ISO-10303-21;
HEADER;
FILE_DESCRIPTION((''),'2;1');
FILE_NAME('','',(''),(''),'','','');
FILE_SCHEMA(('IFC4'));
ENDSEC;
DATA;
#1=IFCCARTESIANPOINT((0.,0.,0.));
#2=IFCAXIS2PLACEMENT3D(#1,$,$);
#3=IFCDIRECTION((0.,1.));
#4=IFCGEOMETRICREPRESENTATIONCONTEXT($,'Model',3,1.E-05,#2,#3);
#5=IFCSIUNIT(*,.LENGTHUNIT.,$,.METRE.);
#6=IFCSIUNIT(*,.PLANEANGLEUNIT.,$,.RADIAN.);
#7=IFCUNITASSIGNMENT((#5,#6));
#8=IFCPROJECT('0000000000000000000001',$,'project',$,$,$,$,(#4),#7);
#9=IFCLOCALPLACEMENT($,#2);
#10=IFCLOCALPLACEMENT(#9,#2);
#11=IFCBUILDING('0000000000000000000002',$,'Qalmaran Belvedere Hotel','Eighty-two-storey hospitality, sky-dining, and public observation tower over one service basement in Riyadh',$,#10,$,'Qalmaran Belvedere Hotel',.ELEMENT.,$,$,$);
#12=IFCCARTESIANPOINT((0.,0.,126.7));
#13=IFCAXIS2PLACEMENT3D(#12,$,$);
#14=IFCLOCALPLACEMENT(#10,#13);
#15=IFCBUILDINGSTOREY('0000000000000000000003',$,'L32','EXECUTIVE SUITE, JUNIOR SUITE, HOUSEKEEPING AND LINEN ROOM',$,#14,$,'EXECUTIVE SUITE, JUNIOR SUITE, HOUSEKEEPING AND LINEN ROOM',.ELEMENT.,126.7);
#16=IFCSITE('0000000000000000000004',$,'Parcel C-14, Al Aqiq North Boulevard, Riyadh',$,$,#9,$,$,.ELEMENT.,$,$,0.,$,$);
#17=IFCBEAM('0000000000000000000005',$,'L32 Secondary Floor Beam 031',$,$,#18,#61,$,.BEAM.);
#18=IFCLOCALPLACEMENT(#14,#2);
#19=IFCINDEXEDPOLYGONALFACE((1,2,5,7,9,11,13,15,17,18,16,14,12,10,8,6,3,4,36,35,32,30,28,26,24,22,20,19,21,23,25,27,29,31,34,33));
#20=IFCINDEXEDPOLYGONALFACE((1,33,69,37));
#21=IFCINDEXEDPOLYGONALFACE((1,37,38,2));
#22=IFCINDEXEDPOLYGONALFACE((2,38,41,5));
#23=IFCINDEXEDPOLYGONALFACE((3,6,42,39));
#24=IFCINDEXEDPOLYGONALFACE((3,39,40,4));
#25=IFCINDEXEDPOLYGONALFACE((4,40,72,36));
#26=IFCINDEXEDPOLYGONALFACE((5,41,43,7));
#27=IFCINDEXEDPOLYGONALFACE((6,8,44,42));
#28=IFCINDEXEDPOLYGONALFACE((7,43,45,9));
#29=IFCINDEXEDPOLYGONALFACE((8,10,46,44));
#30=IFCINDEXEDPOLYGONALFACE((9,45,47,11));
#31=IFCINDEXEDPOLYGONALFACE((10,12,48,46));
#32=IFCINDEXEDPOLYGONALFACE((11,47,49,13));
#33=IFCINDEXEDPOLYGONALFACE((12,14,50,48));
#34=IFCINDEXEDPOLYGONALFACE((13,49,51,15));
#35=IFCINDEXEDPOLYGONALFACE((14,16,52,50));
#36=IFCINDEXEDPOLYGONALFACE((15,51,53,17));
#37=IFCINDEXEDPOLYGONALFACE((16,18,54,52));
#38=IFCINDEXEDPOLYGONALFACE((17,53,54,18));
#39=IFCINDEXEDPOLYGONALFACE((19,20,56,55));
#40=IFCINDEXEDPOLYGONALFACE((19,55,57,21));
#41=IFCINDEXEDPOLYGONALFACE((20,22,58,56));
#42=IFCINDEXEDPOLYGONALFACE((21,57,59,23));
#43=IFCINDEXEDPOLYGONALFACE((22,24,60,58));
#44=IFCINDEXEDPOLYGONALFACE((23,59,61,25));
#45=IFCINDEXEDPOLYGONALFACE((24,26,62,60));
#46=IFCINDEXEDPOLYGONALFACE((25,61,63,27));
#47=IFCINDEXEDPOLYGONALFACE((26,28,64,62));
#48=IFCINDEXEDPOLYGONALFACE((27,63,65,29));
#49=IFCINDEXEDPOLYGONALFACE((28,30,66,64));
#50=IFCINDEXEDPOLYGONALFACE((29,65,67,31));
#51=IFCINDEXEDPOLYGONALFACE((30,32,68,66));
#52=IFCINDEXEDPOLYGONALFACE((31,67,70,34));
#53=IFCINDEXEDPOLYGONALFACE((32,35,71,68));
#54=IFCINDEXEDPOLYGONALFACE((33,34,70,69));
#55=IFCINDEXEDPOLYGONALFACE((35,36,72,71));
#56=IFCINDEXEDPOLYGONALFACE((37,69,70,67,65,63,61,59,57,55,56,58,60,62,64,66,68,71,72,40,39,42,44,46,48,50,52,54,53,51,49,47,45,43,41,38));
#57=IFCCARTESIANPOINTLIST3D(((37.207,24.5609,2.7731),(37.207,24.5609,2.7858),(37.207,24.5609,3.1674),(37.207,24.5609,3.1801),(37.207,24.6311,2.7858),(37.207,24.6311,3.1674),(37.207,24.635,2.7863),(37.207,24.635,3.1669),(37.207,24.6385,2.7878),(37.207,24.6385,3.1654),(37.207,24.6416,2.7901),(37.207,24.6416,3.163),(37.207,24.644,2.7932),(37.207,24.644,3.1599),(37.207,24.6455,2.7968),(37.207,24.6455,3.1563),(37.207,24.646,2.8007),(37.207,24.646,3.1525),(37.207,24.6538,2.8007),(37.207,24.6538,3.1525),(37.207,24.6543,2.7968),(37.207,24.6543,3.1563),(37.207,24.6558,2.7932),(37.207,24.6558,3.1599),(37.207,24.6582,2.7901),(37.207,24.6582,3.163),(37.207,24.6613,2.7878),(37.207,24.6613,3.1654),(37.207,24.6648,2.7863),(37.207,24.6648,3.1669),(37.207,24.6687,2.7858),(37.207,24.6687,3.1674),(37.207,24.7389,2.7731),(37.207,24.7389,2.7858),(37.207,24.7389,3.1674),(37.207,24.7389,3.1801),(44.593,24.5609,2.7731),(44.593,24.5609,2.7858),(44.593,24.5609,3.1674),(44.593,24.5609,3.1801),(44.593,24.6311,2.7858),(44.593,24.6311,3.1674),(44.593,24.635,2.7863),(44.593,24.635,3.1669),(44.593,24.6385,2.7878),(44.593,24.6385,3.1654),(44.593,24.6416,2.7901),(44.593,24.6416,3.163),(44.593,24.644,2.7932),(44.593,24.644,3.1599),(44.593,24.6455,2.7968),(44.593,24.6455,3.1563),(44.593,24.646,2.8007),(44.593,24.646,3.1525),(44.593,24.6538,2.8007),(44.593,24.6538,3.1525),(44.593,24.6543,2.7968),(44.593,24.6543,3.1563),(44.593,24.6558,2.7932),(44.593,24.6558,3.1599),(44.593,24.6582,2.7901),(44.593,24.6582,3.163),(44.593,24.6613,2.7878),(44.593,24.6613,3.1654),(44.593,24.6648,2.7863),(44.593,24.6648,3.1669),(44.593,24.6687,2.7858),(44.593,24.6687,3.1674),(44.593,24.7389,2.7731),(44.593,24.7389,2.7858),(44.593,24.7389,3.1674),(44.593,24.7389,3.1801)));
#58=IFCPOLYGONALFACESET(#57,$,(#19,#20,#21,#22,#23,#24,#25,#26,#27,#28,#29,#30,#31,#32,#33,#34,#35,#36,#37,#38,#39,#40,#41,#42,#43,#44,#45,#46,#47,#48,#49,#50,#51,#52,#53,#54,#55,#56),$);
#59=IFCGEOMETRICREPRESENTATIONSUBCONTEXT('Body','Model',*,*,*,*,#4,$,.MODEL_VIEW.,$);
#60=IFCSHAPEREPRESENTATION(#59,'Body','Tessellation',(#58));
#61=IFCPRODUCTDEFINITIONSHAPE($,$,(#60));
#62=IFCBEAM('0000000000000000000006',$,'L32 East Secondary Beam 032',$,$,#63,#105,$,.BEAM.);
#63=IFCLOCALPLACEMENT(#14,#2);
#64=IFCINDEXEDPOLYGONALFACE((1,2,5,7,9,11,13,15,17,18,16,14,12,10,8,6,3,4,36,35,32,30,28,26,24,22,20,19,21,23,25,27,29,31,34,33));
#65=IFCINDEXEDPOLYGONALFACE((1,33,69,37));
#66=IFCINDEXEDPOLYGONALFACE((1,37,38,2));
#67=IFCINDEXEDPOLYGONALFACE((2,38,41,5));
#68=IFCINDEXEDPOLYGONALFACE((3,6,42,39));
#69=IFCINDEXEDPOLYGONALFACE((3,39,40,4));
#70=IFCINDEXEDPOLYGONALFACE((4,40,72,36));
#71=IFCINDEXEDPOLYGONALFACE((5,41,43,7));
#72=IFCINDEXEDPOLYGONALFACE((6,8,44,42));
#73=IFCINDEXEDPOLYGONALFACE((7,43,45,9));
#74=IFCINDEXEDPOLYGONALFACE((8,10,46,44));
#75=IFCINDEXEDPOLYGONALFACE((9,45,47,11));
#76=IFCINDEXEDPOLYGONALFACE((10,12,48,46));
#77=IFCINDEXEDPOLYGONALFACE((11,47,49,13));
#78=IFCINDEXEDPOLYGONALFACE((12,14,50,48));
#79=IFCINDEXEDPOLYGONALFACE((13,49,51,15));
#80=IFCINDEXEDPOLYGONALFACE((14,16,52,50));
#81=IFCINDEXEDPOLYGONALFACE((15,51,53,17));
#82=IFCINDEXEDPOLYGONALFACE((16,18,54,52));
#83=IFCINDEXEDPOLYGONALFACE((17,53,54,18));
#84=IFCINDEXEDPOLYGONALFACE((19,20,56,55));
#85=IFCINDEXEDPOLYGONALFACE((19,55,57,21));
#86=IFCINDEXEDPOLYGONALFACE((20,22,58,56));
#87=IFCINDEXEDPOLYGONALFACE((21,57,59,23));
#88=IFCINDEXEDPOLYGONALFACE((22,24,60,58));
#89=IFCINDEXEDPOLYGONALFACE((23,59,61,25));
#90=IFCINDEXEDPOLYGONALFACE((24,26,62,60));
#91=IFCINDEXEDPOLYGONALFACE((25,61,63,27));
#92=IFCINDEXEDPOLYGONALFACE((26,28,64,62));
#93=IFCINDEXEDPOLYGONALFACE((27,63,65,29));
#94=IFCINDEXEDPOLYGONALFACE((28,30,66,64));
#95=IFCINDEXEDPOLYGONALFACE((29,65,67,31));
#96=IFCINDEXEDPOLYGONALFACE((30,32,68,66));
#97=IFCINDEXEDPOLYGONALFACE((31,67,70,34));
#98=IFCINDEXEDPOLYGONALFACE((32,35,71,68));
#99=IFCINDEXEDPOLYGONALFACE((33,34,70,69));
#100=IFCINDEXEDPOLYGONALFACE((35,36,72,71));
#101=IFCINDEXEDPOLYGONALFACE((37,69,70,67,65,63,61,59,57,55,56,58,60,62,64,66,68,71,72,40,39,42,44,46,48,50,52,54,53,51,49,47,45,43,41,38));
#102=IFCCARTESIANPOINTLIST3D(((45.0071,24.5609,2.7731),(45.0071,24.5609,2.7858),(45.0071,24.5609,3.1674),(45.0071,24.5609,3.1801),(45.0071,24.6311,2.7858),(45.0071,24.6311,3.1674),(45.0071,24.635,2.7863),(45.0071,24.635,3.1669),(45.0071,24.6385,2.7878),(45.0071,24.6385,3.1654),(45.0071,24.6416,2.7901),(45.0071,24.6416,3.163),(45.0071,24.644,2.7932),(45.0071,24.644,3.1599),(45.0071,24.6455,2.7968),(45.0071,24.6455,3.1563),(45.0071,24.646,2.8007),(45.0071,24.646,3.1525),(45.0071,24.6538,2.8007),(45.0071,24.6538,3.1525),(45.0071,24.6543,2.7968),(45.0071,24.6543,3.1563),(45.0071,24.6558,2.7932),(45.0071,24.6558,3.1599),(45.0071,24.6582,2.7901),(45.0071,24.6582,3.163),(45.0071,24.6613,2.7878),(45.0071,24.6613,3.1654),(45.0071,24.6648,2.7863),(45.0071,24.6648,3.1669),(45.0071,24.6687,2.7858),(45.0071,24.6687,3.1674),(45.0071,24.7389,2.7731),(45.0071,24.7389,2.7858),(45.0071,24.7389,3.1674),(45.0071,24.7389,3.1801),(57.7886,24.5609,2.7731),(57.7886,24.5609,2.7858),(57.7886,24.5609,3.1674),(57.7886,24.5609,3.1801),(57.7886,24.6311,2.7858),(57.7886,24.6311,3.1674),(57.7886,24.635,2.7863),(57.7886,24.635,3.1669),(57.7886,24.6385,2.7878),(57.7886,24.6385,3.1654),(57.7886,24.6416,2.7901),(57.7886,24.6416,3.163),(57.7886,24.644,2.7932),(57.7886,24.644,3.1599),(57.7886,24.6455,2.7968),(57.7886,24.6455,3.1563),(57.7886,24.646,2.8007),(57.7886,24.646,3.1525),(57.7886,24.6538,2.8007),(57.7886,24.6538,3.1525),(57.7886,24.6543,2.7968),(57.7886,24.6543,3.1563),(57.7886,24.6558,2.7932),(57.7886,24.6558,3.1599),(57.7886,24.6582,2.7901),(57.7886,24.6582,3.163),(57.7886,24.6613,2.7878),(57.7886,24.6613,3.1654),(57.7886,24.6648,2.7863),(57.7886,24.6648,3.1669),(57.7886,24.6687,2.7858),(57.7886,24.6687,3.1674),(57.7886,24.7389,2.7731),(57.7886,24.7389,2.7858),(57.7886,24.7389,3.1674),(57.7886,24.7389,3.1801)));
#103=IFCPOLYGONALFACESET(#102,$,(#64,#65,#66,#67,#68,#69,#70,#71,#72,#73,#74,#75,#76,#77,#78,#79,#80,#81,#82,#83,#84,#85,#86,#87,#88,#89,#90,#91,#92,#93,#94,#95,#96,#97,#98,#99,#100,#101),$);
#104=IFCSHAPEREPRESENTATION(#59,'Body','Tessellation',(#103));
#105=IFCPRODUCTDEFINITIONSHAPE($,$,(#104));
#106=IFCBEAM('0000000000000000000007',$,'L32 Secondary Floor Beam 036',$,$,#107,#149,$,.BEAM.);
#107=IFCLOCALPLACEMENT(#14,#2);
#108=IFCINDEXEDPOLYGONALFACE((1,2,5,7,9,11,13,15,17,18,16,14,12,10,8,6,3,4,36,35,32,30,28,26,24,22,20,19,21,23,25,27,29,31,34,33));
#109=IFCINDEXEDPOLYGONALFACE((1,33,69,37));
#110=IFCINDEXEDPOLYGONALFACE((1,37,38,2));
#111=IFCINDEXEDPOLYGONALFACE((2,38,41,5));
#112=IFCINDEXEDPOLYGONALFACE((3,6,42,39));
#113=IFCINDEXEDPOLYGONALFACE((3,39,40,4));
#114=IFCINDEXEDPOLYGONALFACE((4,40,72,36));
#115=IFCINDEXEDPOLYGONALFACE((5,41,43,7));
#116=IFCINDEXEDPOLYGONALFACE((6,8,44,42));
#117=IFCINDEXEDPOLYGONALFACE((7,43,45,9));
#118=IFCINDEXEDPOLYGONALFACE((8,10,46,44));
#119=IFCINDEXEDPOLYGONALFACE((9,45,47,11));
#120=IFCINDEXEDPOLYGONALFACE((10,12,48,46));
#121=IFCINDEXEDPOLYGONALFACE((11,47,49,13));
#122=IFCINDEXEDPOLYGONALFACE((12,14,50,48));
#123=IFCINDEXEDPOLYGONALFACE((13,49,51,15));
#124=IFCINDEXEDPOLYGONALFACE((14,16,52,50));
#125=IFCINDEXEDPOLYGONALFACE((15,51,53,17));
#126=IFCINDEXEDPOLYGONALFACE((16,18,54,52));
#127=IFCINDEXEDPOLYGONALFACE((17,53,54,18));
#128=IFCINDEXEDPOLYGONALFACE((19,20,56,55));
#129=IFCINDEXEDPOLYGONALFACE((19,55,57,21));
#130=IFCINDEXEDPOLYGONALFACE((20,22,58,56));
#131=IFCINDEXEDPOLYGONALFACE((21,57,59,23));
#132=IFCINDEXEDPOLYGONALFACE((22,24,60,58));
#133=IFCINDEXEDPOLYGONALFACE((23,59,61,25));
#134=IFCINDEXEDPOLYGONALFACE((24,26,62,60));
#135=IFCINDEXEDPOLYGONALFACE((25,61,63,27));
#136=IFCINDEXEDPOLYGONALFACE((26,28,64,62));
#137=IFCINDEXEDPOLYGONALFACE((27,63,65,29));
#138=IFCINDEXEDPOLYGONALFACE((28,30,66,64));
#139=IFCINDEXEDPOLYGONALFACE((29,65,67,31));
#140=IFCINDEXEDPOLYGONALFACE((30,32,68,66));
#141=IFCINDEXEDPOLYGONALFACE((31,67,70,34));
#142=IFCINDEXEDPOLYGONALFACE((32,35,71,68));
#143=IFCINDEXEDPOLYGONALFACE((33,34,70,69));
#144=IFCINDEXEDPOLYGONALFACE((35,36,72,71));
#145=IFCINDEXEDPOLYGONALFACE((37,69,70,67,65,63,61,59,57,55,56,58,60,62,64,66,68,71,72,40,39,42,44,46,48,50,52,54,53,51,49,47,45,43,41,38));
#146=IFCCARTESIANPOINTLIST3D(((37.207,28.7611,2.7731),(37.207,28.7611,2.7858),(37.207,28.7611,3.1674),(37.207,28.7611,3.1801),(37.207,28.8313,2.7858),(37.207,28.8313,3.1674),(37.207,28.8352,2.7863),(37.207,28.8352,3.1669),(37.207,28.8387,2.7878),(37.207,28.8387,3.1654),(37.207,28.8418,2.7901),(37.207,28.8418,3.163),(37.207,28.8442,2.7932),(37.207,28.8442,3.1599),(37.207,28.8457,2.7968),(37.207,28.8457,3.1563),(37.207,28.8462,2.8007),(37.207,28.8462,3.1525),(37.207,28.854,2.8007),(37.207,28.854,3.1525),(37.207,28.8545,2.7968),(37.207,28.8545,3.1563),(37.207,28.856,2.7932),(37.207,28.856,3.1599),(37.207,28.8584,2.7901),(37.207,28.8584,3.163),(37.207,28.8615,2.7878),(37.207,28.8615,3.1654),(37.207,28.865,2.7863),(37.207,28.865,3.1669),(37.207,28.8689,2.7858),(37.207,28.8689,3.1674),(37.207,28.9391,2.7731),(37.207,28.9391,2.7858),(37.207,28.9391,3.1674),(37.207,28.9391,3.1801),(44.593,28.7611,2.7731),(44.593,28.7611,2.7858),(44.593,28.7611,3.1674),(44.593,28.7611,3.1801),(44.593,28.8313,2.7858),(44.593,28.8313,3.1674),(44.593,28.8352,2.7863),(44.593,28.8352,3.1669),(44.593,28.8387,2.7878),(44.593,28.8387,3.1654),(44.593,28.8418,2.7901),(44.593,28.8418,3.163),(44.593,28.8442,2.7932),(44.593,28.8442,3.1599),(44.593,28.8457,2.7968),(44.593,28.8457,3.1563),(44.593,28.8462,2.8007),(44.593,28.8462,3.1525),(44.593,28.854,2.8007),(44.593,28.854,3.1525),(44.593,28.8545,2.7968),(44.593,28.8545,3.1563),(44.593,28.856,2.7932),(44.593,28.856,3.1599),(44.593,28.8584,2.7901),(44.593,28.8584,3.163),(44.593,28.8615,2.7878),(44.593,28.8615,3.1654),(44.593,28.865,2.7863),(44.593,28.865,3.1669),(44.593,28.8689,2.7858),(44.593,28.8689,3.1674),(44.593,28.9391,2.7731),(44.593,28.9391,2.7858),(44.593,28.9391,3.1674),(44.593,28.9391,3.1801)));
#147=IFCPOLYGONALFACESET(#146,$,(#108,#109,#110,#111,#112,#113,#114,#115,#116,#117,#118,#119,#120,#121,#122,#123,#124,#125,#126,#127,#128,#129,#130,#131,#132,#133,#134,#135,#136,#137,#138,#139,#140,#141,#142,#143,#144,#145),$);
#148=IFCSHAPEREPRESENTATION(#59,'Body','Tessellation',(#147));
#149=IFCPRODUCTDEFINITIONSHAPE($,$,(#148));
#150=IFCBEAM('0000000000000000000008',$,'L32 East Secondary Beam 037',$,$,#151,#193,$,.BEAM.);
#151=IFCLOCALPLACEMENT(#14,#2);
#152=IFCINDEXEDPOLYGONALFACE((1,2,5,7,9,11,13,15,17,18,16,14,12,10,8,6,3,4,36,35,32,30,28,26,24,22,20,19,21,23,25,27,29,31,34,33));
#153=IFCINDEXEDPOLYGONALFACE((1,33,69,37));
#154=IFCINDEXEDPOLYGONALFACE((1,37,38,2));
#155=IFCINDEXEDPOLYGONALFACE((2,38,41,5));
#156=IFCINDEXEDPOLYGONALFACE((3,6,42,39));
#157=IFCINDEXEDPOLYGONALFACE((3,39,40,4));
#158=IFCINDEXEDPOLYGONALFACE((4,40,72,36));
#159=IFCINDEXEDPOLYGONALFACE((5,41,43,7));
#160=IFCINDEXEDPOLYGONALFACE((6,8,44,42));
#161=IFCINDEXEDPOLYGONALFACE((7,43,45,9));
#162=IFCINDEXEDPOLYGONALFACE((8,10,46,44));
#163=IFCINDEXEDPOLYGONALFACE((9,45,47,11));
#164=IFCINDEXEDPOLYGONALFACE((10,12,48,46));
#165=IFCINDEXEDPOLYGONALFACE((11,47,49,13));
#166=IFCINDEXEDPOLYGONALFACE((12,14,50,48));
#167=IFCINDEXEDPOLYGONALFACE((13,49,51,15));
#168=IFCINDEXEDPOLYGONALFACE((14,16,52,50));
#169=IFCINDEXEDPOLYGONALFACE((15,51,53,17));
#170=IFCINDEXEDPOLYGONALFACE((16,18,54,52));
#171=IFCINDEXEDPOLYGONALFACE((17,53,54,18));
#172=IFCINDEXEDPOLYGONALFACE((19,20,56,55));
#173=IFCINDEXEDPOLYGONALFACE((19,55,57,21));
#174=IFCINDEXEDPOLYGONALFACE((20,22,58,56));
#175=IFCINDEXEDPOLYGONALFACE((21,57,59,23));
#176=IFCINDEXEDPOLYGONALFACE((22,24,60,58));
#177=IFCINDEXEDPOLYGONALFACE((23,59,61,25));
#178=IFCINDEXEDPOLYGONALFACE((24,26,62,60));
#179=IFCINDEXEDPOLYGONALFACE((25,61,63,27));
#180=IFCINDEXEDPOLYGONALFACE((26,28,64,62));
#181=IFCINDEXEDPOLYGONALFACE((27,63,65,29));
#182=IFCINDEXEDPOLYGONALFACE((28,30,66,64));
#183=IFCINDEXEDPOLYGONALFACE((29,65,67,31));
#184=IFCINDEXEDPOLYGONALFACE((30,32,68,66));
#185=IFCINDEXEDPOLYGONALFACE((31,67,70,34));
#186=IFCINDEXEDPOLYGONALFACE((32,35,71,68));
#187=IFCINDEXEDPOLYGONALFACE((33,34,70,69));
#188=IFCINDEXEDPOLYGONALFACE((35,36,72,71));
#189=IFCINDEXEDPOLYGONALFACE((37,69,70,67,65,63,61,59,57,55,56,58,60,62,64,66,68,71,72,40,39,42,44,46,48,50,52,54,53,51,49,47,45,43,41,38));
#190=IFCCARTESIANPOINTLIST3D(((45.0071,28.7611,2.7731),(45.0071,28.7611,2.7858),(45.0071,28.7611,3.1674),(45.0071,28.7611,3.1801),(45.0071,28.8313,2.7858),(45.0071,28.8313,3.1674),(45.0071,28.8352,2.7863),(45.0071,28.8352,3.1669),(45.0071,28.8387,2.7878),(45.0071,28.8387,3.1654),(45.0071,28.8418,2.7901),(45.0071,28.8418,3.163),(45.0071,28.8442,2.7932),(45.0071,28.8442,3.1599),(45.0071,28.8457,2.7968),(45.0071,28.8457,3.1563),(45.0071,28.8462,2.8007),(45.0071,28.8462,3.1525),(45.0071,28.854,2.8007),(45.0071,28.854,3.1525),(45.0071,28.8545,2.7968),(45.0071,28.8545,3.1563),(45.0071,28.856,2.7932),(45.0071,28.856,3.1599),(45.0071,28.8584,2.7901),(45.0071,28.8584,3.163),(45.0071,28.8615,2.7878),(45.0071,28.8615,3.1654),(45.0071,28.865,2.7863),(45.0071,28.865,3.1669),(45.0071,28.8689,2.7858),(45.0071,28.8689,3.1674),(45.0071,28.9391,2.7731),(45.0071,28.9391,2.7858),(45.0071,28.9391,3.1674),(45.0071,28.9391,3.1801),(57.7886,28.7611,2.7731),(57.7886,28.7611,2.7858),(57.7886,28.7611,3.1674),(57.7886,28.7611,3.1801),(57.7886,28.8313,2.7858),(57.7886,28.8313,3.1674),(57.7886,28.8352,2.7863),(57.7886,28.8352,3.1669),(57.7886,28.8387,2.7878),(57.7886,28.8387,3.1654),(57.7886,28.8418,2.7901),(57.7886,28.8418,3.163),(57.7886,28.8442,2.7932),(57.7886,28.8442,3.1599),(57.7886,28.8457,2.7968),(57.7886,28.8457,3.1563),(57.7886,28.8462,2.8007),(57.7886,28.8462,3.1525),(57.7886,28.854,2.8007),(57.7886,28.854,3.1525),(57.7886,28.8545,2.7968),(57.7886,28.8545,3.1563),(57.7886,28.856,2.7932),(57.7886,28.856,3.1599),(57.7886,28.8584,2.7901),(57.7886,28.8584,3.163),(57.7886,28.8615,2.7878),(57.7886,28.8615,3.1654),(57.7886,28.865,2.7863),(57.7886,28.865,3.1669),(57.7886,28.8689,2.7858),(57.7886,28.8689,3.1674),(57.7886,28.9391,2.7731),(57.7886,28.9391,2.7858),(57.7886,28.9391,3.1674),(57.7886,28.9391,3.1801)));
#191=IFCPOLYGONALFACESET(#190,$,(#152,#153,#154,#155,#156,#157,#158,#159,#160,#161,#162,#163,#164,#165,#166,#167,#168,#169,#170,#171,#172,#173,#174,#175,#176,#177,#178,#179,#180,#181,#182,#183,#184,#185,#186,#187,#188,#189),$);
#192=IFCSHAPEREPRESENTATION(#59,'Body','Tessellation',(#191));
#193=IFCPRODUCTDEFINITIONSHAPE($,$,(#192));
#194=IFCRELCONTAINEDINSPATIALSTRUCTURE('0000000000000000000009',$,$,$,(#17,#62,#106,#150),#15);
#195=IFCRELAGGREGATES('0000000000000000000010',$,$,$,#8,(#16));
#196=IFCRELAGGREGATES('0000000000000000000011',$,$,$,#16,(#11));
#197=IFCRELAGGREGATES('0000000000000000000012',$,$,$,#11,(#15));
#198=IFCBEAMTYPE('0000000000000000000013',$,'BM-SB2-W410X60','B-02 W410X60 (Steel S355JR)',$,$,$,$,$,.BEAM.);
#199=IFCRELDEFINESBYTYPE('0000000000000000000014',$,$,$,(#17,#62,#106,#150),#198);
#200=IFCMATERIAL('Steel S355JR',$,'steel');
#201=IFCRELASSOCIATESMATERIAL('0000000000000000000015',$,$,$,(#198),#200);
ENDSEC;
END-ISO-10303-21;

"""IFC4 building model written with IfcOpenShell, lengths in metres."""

from ifc_helpers import new_model, si_unit, direction, frame, origin, origin_2d, place, context, subcontext, project, spatial, i_section, extrude, material, material_profile, profile_set, type_object, element, save


model = new_model("IFC4")

# Units and contexts
model_context = context("Model", 3, precision=1e-05, world=origin(), true_north=direction((0.0, 1.0)))
body_context = subcontext(model_context, "Body", "Model", "MODEL_VIEW")
ifc_project = project(units=[si_unit("LENGTHUNIT", "METRE"), si_unit("PLANEANGLEUNIT", "RADIAN")], contexts=[model_context])

# Site, building, storey
site_placement = place(None, origin())
site = spatial("IfcSite", under=ifc_project, at=site_placement, Name="Parcel C-14, Al Aqiq North Boulevard, Riyadh", CompositionType="ELEMENT", RefElevation=0.0)
building_placement = place(site_placement, origin())
building = spatial("IfcBuilding", under=site, at=building_placement, Name="Qalmaran Belvedere Hotel", Description="Eighty-two-storey hospitality, sky-dining, and public observation tower over one service basement in Riyadh", LongName="Qalmaran Belvedere Hotel", CompositionType="ELEMENT")
storey_placement = place(building_placement, frame((0.0, 0.0, 126.7)))
storey = spatial("IfcBuildingStorey", under=building, at=storey_placement, Name="L32", Description="EXECUTIVE SUITE, JUNIOR SUITE, HOUSEKEEPING AND LINEN ROOM", LongName="EXECUTIVE SUITE, JUNIOR SUITE, HOUSEKEEPING AND LINEN ROOM", CompositionType="ELEMENT", Elevation=126.7)

# Beams
ifc_material_1 = material(Name="Steel S355JR", Category="steel")
ifc_material_profile_1 = material_profile(ifc_material_1, i_section(OverallWidth=0.178, OverallDepth=0.407, WebThickness=0.0078, FlangeThickness=0.0127, FilletRadius=0.0149, at=origin_2d()), Name="W410X60")
ifc_profile_set_1 = profile_set([ifc_material_profile_1], Name="Steel S355JR")
beam_type_1 = type_object("IfcBeamType", Name="BM-SB2-W410X60", Description="B-02 W410X60 (Steel S355JR)", PredefinedType="BEAM", material=ifc_profile_set_1)
beam_1_placement = place(storey_placement, frame((37.207, 24.6499, 2.9766), z_axis=(1.0, 0.0, 0.0), x_axis=(0.0, 1.0, 0.0)))
element("IfcBeam", 1, at=beam_1_placement, inside=storey, type_object=beam_type_1, Name="L32 Secondary Floor Beam 031", PredefinedType="BEAM", context=body_context, shape_type="SweptSolid", body=[
    extrude(i_section(OverallWidth=0.178, OverallDepth=0.407, WebThickness=0.0078, FlangeThickness=0.0127, FilletRadius=0.0149, at=origin_2d()), origin(), (0.0, 0.0, 1.0), 7.386),
])
beam_2_placement = place(storey_placement, frame((45.0071, 24.6499, 2.9766), z_axis=(1.0, 0.0, 0.0), x_axis=(0.0, 1.0, 0.0)))
element("IfcBeam", 2, at=beam_2_placement, inside=storey, type_object=beam_type_1, Name="L32 East Secondary Beam 032", PredefinedType="BEAM", context=body_context, shape_type="SweptSolid", body=[
    extrude(i_section(OverallWidth=0.178, OverallDepth=0.407, WebThickness=0.0078, FlangeThickness=0.0127, FilletRadius=0.0149, at=origin_2d()), origin(), (0.0, 0.0, 1.0), 12.7815),
])
beam_3_placement = place(storey_placement, frame((37.207, 28.8501, 2.9766), z_axis=(1.0, 0.0, 0.0), x_axis=(0.0, 1.0, 0.0)))
element("IfcBeam", 3, at=beam_3_placement, inside=storey, type_object=beam_type_1, Name="L32 Secondary Floor Beam 036", PredefinedType="BEAM", context=body_context, shape_type="SweptSolid", body=[
    extrude(i_section(OverallWidth=0.178, OverallDepth=0.407, WebThickness=0.0078, FlangeThickness=0.0127, FilletRadius=0.0149, at=origin_2d()), origin(), (0.0, 0.0, 1.0), 7.386),
])
beam_4_placement = place(storey_placement, frame((45.0071, 28.8501, 2.9766), z_axis=(1.0, 0.0, 0.0), x_axis=(0.0, 1.0, 0.0)))
element("IfcBeam", 4, at=beam_4_placement, inside=storey, type_object=beam_type_1, Name="L32 East Secondary Beam 037", PredefinedType="BEAM", context=body_context, shape_type="SweptSolid", body=[
    extrude(i_section(OverallWidth=0.178, OverallDepth=0.407, WebThickness=0.0078, FlangeThickness=0.0127, FilletRadius=0.0149, at=origin_2d()), origin(), (0.0, 0.0, 1.0), 12.7815),
])

save(model, "model.ifc")
